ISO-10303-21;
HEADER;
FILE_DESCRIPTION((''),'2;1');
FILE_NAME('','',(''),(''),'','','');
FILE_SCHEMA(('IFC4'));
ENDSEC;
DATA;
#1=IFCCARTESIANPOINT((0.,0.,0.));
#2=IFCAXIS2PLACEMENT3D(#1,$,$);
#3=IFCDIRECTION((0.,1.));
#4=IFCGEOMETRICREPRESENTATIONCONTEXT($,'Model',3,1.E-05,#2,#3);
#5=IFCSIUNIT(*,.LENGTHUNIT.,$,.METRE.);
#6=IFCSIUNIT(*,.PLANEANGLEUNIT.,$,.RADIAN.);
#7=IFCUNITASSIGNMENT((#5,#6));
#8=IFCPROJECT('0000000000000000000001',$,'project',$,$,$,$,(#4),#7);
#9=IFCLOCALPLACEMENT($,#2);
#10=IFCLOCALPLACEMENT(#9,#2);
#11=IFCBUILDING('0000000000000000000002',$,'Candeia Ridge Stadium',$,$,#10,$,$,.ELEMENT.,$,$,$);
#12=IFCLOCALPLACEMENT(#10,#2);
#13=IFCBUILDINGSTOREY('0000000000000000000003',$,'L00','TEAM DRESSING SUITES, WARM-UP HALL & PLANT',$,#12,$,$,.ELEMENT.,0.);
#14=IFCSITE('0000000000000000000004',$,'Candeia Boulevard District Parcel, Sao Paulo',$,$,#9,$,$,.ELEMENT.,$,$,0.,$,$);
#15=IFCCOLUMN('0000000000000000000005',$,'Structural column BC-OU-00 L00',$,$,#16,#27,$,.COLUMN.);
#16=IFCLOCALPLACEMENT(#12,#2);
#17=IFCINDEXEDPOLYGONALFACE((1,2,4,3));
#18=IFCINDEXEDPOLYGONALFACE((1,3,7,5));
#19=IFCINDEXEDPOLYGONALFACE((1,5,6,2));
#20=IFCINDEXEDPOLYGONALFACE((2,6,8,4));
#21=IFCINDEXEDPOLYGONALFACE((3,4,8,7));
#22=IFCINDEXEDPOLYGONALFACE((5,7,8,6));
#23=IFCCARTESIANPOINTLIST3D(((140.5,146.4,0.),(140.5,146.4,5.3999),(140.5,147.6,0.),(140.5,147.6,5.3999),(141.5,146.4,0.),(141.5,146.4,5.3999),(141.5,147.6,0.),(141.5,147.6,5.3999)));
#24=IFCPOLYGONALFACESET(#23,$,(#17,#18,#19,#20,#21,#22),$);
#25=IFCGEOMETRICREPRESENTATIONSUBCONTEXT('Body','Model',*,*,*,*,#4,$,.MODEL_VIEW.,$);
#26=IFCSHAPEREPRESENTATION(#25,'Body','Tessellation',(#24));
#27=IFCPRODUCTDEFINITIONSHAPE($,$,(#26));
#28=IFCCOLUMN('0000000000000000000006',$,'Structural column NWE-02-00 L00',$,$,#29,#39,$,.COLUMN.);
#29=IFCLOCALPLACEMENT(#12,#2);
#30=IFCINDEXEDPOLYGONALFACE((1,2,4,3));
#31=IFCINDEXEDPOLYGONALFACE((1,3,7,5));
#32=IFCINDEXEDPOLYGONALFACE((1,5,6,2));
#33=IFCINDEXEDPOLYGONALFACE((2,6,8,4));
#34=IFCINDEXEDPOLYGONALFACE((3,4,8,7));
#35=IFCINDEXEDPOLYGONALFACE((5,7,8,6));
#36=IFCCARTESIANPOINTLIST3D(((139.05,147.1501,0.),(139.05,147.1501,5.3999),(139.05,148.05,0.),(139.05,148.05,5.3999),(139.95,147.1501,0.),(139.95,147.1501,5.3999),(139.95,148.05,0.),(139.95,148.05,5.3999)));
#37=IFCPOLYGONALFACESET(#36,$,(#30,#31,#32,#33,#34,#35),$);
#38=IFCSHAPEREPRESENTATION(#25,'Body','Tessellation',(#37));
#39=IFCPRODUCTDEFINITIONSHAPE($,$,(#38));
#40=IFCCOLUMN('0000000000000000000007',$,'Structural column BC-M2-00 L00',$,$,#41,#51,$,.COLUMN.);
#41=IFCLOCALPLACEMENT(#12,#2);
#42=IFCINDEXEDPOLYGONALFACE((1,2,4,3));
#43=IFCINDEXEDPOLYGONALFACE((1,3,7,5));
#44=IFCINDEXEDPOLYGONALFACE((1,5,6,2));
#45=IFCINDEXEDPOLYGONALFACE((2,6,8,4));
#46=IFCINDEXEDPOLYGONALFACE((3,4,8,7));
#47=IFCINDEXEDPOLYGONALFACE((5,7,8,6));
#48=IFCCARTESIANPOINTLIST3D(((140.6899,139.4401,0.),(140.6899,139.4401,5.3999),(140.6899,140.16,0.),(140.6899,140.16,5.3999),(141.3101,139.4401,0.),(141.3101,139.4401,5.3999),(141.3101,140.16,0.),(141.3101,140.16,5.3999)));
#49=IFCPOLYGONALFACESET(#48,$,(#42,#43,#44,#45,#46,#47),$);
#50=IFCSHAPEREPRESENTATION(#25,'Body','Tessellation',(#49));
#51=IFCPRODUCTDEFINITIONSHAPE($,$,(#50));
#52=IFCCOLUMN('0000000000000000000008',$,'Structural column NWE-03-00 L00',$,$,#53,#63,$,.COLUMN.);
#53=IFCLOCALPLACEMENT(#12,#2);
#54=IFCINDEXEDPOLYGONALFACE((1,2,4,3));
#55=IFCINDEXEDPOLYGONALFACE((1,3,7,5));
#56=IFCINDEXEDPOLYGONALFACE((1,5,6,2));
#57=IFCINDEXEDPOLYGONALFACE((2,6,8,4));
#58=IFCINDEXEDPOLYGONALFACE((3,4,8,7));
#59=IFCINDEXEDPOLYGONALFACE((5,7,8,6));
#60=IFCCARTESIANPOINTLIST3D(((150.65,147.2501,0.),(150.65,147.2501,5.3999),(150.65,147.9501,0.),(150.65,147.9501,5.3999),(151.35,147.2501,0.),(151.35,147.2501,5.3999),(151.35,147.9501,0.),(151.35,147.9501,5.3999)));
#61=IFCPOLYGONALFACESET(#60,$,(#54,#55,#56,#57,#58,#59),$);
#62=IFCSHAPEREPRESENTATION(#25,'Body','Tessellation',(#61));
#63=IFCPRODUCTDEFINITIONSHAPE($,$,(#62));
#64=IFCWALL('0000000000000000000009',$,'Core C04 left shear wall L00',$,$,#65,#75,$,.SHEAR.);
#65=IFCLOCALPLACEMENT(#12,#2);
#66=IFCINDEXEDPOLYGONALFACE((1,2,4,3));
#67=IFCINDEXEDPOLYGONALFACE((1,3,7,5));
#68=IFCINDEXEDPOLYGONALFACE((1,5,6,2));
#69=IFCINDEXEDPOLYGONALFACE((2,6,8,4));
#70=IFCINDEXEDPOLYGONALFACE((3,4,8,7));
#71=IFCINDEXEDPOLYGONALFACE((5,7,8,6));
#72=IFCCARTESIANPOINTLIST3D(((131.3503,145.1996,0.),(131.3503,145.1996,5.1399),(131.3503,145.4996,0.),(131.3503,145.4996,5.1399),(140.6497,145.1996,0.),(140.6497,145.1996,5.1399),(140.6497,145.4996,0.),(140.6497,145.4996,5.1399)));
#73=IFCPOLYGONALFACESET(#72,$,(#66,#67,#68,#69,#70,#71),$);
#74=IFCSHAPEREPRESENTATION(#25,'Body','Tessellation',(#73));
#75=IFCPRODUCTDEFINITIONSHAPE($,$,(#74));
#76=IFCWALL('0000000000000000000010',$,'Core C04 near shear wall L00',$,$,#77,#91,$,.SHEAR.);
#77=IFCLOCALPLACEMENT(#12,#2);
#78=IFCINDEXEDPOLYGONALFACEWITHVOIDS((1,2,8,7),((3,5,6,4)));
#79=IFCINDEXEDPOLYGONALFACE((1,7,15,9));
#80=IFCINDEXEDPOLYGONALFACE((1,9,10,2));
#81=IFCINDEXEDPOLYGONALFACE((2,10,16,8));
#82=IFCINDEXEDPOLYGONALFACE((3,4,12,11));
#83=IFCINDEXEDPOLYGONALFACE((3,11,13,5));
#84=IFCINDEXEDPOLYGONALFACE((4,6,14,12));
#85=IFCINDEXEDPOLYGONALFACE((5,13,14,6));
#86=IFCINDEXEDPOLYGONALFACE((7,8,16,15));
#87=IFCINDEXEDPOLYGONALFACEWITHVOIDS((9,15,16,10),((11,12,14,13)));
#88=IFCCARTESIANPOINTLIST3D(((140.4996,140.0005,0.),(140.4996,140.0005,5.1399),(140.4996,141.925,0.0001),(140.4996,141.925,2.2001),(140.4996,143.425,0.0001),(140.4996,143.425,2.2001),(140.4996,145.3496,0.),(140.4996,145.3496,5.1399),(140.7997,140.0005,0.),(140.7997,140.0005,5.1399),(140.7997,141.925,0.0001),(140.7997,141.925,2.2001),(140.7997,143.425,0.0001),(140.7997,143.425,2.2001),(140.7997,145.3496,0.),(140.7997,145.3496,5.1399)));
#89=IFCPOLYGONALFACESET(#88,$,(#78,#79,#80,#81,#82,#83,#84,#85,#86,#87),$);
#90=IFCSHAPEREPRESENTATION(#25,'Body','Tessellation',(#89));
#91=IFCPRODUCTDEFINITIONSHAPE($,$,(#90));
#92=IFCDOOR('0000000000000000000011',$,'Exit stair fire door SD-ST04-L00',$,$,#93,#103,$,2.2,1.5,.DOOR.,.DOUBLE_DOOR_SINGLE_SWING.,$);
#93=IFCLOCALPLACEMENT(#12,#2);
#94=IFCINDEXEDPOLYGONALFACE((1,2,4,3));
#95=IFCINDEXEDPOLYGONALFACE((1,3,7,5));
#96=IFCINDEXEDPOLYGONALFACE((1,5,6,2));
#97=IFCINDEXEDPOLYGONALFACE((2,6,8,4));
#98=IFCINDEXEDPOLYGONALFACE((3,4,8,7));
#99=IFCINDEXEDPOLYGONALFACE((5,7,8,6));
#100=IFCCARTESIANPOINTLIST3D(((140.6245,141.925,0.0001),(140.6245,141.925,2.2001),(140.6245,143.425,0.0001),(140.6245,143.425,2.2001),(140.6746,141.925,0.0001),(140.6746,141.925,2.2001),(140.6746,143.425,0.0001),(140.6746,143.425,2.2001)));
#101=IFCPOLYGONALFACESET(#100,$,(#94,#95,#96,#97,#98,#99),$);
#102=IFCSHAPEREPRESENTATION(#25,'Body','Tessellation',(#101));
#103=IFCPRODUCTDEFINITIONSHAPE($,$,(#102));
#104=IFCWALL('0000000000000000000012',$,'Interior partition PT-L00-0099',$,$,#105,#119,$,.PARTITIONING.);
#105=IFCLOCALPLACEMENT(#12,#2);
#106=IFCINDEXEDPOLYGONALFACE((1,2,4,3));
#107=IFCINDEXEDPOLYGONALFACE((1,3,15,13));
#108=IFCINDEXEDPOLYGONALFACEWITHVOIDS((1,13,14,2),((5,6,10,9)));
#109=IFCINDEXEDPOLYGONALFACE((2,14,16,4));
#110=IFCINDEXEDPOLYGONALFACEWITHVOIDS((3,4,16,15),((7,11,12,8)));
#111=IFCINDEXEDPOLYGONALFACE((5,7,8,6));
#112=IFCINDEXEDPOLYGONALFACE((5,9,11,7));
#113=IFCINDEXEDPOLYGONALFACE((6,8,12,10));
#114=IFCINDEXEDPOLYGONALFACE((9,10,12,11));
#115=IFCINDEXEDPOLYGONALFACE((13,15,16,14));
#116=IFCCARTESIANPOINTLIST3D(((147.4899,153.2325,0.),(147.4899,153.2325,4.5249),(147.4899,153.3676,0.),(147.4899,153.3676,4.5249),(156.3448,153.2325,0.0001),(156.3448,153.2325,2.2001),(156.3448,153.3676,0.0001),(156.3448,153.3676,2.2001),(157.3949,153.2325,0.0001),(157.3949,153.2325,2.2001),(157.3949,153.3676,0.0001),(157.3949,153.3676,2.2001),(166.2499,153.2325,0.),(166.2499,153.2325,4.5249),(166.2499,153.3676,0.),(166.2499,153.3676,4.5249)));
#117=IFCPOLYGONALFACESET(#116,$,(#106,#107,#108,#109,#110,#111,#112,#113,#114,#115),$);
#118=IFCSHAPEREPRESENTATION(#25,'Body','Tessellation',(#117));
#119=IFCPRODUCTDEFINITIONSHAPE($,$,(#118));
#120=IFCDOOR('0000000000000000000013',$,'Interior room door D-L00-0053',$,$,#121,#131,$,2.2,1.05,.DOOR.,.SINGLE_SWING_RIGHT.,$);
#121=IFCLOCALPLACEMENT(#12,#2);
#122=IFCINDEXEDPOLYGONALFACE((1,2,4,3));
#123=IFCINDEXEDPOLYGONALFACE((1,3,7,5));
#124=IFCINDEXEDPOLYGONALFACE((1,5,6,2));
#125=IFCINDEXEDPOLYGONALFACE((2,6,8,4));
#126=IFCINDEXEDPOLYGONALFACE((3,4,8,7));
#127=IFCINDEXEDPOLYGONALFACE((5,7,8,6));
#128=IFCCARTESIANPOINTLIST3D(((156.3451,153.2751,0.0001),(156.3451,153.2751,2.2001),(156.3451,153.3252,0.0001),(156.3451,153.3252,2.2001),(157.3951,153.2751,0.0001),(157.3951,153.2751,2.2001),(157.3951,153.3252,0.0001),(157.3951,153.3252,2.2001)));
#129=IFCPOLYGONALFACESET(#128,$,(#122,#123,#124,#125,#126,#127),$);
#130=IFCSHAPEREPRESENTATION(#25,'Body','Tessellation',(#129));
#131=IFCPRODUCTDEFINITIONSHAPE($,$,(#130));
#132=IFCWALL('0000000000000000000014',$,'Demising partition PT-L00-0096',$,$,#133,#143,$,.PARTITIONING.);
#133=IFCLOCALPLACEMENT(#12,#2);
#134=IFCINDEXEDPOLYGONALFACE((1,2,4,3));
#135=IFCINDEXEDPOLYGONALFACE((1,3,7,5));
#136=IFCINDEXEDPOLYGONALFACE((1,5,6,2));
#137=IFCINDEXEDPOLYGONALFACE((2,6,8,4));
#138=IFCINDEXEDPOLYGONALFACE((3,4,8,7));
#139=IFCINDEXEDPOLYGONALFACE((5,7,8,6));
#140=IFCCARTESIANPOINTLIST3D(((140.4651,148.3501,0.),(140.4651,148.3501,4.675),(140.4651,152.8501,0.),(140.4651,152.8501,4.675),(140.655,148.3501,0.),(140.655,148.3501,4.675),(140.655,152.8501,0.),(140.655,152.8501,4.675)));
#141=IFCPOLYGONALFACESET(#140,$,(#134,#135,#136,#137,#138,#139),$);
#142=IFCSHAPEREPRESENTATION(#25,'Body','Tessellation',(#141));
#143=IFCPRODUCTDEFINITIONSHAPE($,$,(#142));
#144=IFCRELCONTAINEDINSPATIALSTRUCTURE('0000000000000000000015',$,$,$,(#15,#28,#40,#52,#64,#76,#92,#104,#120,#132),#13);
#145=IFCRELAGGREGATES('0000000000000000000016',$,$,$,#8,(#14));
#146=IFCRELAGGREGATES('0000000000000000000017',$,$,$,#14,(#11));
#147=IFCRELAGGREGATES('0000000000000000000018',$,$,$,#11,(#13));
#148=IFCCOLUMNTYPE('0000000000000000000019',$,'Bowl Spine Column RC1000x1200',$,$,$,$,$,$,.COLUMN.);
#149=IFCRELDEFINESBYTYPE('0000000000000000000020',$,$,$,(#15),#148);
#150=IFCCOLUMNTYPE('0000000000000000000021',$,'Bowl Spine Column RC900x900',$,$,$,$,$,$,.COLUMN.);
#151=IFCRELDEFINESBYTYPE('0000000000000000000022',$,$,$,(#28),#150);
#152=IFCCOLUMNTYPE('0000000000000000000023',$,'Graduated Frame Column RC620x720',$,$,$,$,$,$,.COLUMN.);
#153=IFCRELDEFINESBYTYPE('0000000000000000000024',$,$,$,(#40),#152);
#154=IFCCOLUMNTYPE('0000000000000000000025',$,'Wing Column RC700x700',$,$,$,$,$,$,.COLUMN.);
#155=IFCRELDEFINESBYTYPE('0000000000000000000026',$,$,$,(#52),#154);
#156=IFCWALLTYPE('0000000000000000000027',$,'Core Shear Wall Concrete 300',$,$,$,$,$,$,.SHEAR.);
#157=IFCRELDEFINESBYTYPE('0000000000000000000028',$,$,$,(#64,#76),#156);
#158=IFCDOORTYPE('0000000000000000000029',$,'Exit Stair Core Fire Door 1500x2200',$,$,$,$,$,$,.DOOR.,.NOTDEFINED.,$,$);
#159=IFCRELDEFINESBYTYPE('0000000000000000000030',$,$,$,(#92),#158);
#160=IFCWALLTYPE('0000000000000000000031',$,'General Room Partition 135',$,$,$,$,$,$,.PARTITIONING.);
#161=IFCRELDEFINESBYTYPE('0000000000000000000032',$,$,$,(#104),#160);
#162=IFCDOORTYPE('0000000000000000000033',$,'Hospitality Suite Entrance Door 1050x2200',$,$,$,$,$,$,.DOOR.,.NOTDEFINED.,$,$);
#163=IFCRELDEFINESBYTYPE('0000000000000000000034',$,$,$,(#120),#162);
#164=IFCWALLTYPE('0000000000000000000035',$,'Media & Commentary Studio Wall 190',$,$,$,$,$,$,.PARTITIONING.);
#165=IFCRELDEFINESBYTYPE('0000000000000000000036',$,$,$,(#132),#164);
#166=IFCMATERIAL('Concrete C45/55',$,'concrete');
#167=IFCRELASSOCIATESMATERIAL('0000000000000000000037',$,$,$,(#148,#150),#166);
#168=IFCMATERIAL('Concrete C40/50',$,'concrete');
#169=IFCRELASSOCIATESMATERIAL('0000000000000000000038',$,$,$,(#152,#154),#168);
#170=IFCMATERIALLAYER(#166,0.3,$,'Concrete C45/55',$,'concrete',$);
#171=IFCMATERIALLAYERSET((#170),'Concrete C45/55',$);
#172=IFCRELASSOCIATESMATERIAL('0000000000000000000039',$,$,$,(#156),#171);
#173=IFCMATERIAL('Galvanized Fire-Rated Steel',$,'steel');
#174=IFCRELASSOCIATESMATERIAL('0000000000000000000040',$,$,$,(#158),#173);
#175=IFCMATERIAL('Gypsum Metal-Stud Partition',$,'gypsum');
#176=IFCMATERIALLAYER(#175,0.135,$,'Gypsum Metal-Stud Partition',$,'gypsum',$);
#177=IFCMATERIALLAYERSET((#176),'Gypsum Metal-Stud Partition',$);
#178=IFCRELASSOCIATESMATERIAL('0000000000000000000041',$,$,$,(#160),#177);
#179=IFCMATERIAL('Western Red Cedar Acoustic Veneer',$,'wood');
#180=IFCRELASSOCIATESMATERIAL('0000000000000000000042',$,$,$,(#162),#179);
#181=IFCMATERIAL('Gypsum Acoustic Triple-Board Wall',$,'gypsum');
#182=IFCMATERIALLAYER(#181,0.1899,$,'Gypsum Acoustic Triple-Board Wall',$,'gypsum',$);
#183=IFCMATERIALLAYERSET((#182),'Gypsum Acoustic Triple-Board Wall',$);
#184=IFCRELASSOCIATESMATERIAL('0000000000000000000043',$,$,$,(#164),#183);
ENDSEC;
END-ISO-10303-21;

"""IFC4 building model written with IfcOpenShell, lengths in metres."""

from ifc_helpers import new_model, si_unit, direction, frame, frame_2d, origin, origin_2d, place, context, subcontext, project, spatial, rectangle, extrude, material, layer, layer_set, material_profile, profile_set, type_object, element, fill, save


model = new_model("IFC4")

# Units and contexts
model_context = context("Model", 3, precision=1e-05, world=origin(), true_north=direction((0.0, 1.0)))
body_context = subcontext(model_context, "Body", "Model", "MODEL_VIEW")
ifc_project = project(units=[si_unit("LENGTHUNIT", "METRE"), si_unit("PLANEANGLEUNIT", "RADIAN")], contexts=[model_context])

# Site, building, storey
site_placement = place(None, origin())
site = spatial("IfcSite", under=ifc_project, at=site_placement, Name="Candeia Boulevard District Parcel, Sao Paulo", CompositionType="ELEMENT", RefElevation=0.0)
building_placement = place(site_placement, origin())
building = spatial("IfcBuilding", under=site, at=building_placement, Name="Candeia Ridge Stadium", CompositionType="ELEMENT")
storey_placement = place(building_placement, origin())
storey = spatial("IfcBuildingStorey", under=building, at=storey_placement, Name="L00", Description="TEAM DRESSING SUITES, WARM-UP HALL & PLANT", CompositionType="ELEMENT", Elevation=0.0)

# Shared definitions
ifc_material_1 = material(Name="Concrete C40/50", Category="concrete")

# Columns
ifc_material_2 = material(Name="Concrete C45/55", Category="concrete")
ifc_material_profile_1 = material_profile(ifc_material_2, rectangle(XDim=1.0, YDim=1.2, at=origin_2d()), Name="RC1000x1200", Category="concrete")
ifc_profile_set_1 = profile_set([ifc_material_profile_1], Name="Concrete C45/55")
column_type_1 = type_object("IfcColumnType", Name="Bowl Spine Column RC1000x1200", PredefinedType="COLUMN", material=ifc_profile_set_1)
column_1_placement = place(storey_placement, frame((141.0, 147.0, 0.0), z_axis=(0.0, 0.0, 1.0), x_axis=(1.0, 0.0, 0.0)))
element("IfcColumn", 1, at=column_1_placement, inside=storey, type_object=column_type_1, Name="Structural column BC-OU-00 L00", PredefinedType="COLUMN", context=body_context, shape_type="SweptSolid", body=[
    extrude(rectangle(XDim=1.0, YDim=1.2, at=origin_2d()), origin(), (0.0, 0.0, 1.0), 5.3999),
])
ifc_material_profile_2 = material_profile(ifc_material_2, rectangle(XDim=0.8999, YDim=0.8999, at=origin_2d()), Name="RC900x900", Category="concrete")
ifc_profile_set_2 = profile_set([ifc_material_profile_2], Name="Concrete C45/55")
column_type_2 = type_object("IfcColumnType", Name="Bowl Spine Column RC900x900", PredefinedType="COLUMN", material=ifc_profile_set_2)
column_2_placement = place(storey_placement, frame((139.5, 147.6001, 0.0), z_axis=(0.0, 0.0, 1.0), x_axis=(1.0, 0.0, 0.0)))
element("IfcColumn", 2, at=column_2_placement, inside=storey, type_object=column_type_2, Name="Structural column NWE-02-00 L00", PredefinedType="COLUMN", context=body_context, shape_type="SweptSolid", body=[
    extrude(rectangle(XDim=0.8999, YDim=0.8999, at=origin_2d()), origin(), (0.0, 0.0, 1.0), 5.3999),
])
ifc_material_profile_3 = material_profile(ifc_material_1, rectangle(XDim=0.6201, YDim=0.72, at=origin_2d()), Name="RC620x720", Category="concrete")
ifc_profile_set_3 = profile_set([ifc_material_profile_3], Name="Concrete C40/50")
column_type_3 = type_object("IfcColumnType", Name="Graduated Frame Column RC620x720", PredefinedType="COLUMN", material=ifc_profile_set_3)
column_3_placement = place(storey_placement, frame((141.0, 139.8, 0.0), z_axis=(0.0, 0.0, 1.0), x_axis=(1.0, 0.0, 0.0)))
element("IfcColumn", 3, at=column_3_placement, inside=storey, type_object=column_type_3, Name="Structural column BC-M2-00 L00", PredefinedType="COLUMN", context=body_context, shape_type="SweptSolid", body=[
    extrude(rectangle(XDim=0.6201, YDim=0.72, at=origin_2d()), origin(), (0.0, 0.0, 1.0), 5.3999),
])
ifc_material_profile_4 = material_profile(ifc_material_1, rectangle(XDim=0.7, YDim=0.7, at=origin_2d()), Name="RC700x700", Category="concrete")
ifc_profile_set_4 = profile_set([ifc_material_profile_4], Name="Concrete C40/50")
column_type_4 = type_object("IfcColumnType", Name="Wing Column RC700x700", PredefinedType="COLUMN", material=ifc_profile_set_4)
column_4_placement = place(storey_placement, frame((151.0, 147.6001, 0.0), z_axis=(0.0, 0.0, 1.0), x_axis=(1.0, 0.0, 0.0)))
element("IfcColumn", 4, at=column_4_placement, inside=storey, type_object=column_type_4, Name="Structural column NWE-03-00 L00", PredefinedType="COLUMN", context=body_context, shape_type="SweptSolid", body=[
    extrude(rectangle(XDim=0.7, YDim=0.7, at=origin_2d()), origin(), (0.0, 0.0, 1.0), 5.3999),
])

# Wall
ifc_layer_1 = layer(ifc_material_2, 0.3, Name="Concrete C45/55", Category="concrete")
ifc_layer_set_1 = layer_set([ifc_layer_1], Name="Concrete C45/55")
wall_type_1 = type_object("IfcWallType", Name="Core Shear Wall Concrete 300", PredefinedType="SHEAR", material=ifc_layer_set_1)
wall_1_placement = place(storey_placement, frame((140.6497, 145.3496, 0.0), z_axis=(0.0, 0.0, 1.0), x_axis=(-1.0, 0.0, 0.0)))
element("IfcWall", 5, at=wall_1_placement, inside=storey, type_object=wall_type_1, Name="Core C04 left shear wall L00", PredefinedType="SHEAR", context=body_context, shape_type="SweptSolid", body=[
    extrude(rectangle(XDim=9.2993, YDim=0.3, at=frame_2d((4.6497, 0.0))), origin(), (0.0, 0.0, 1.0), 5.1399),
])

# Walls, openings, doors
wall_2_placement = place(storey_placement, frame((140.6497, 140.0005, 0.0), z_axis=(0.0, 0.0, 1.0), x_axis=(0.0, 1.0, 0.0)))
wall_2 = element("IfcWall", 6, at=wall_2_placement, inside=storey, type_object=wall_type_1, Name="Core C04 near shear wall L00", PredefinedType="SHEAR", context=body_context, shape_type="SweptSolid", body=[
    extrude(rectangle(XDim=5.3491, YDim=0.3, at=frame_2d((2.6746, 0.0))), origin(), (0.0, 0.0, 1.0), 5.1399),
])
opening_1_placement = place(wall_2_placement, frame((1.9246, 0.0, 0.0)))
opening_1 = element("IfcOpeningElement", 7, at=opening_1_placement, cuts=wall_2, PredefinedType="OPENING", context=body_context, shape_type="SweptSolid", body=[
    extrude(rectangle(XDim=1.5, YDim=2.2, at=frame_2d((0.75, 1.1001))), frame((0.0, 0.1599, 0.0), z_axis=(0.0, -1.0, 0.0), x_axis=(1.0, 0.0, 0.0)), (0.0, 0.0, 1.0), 0.3201),
])
ifc_material_3 = material(Name="Galvanized Fire-Rated Steel", Category="steel")
door_type_1 = type_object("IfcDoorType", Name="Exit Stair Core Fire Door 1500x2200", OperationType="NOTDEFINED", PredefinedType="DOOR", material=ifc_material_3)
door_1_placement = place(opening_1_placement, frame((1.5, 0.0, 0.0), z_axis=(0.0, 0.0, 1.0), x_axis=(-1.0, 0.0, 0.0)))
door_1 = element("IfcDoor", 8, at=door_1_placement, inside=storey, type_object=door_type_1, Name="Exit stair fire door SD-ST04-L00", OperationType="DOUBLE_DOOR_SINGLE_SWING", OverallHeight=2.2, OverallWidth=1.5, PredefinedType="DOOR", context=body_context, shape_type="SweptSolid", body=[
    extrude(rectangle(XDim=1.5, YDim=2.2, at=frame_2d((0.75, 1.1001))), frame((0.0, 0.0249, 0.0), z_axis=(0.0, -1.0, 0.0), x_axis=(1.0, 0.0, 0.0)), (0.0, 0.0, 1.0), 0.05),
])
fill(opening_1, door_1)
ifc_material_4 = material(Name="Gypsum Metal-Stud Partition", Category="gypsum")
ifc_layer_2 = layer(ifc_material_4, 0.135, Name="Gypsum Metal-Stud Partition", Category="gypsum")
ifc_layer_set_2 = layer_set([ifc_layer_2], Name="Gypsum Metal-Stud Partition")
wall_type_2 = type_object("IfcWallType", Name="General Room Partition 135", PredefinedType="PARTITIONING", material=ifc_layer_set_2)
wall_3_placement = place(storey_placement, frame((147.49, 153.3, 0.0), z_axis=(0.0, 0.0, 1.0), x_axis=(1.0, 0.0, 0.0)))
wall_3 = element("IfcWall", 9, at=wall_3_placement, inside=storey, type_object=wall_type_2, Name="Interior partition PT-L00-0099", PredefinedType="PARTITIONING", context=body_context, shape_type="SweptSolid", body=[
    extrude(rectangle(XDim=18.76, YDim=0.135, at=frame_2d((9.3799, 0.0))), origin(), (0.0, 0.0, 1.0), 4.5249),
])
opening_2_placement = place(wall_3_placement, frame((8.855, 0.0, 0.0)))
opening_2 = element("IfcOpeningElement", 10, at=opening_2_placement, cuts=wall_3, PredefinedType="OPENING", context=body_context, shape_type="SweptSolid", body=[
    extrude(rectangle(XDim=1.05, YDim=2.2, at=frame_2d((0.5249, 1.1001))), frame((0.0, 0.0774, 0.0), z_axis=(0.0, -1.0, 0.0), x_axis=(1.0, 0.0, 0.0)), (0.0, 0.0, 1.0), 0.155),
])
ifc_material_5 = material(Name="Western Red Cedar Acoustic Veneer", Category="wood")
door_type_2 = type_object("IfcDoorType", Name="Hospitality Suite Entrance Door 1050x2200", OperationType="NOTDEFINED", PredefinedType="DOOR", material=ifc_material_5)
door_2_placement = place(opening_2_placement, frame((1.05, 0.0, 0.0), z_axis=(0.0, 0.0, 1.0), x_axis=(-1.0, 0.0, 0.0)))
door_2 = element("IfcDoor", 11, at=door_2_placement, inside=storey, type_object=door_type_2, Name="Interior room door D-L00-0053", OperationType="SINGLE_SWING_RIGHT", OverallHeight=2.2, OverallWidth=1.05, PredefinedType="DOOR", context=body_context, shape_type="SweptSolid", body=[
    extrude(rectangle(XDim=1.05, YDim=2.2, at=frame_2d((0.5249, 1.1001))), frame((0.0, 0.0249, 0.0), z_axis=(0.0, -1.0, 0.0), x_axis=(1.0, 0.0, 0.0)), (0.0, 0.0, 1.0), 0.05),
])
fill(opening_2, door_2)

# Wall
ifc_material_6 = material(Name="Gypsum Acoustic Triple-Board Wall", Category="gypsum")
ifc_layer_3 = layer(ifc_material_6, 0.1899, Name="Gypsum Acoustic Triple-Board Wall", Category="gypsum")
ifc_layer_set_3 = layer_set([ifc_layer_3], Name="Gypsum Acoustic Triple-Board Wall")
wall_type_3 = type_object("IfcWallType", Name="Media & Commentary Studio Wall 190", PredefinedType="PARTITIONING", material=ifc_layer_set_3)
wall_4_placement = place(storey_placement, frame((140.5601, 152.8501, 0.0), z_axis=(0.0, 0.0, 1.0), x_axis=(0.0, -1.0, 0.0)))
element("IfcWall", 12, at=wall_4_placement, inside=storey, type_object=wall_type_3, Name="Demising partition PT-L00-0096", PredefinedType="PARTITIONING", context=body_context, shape_type="SweptSolid", body=[
    extrude(rectangle(XDim=4.5, YDim=0.1899, at=frame_2d((2.25, 0.0))), origin(), (0.0, 0.0, 1.0), 4.675),
])

save(model, "model.ifc")
